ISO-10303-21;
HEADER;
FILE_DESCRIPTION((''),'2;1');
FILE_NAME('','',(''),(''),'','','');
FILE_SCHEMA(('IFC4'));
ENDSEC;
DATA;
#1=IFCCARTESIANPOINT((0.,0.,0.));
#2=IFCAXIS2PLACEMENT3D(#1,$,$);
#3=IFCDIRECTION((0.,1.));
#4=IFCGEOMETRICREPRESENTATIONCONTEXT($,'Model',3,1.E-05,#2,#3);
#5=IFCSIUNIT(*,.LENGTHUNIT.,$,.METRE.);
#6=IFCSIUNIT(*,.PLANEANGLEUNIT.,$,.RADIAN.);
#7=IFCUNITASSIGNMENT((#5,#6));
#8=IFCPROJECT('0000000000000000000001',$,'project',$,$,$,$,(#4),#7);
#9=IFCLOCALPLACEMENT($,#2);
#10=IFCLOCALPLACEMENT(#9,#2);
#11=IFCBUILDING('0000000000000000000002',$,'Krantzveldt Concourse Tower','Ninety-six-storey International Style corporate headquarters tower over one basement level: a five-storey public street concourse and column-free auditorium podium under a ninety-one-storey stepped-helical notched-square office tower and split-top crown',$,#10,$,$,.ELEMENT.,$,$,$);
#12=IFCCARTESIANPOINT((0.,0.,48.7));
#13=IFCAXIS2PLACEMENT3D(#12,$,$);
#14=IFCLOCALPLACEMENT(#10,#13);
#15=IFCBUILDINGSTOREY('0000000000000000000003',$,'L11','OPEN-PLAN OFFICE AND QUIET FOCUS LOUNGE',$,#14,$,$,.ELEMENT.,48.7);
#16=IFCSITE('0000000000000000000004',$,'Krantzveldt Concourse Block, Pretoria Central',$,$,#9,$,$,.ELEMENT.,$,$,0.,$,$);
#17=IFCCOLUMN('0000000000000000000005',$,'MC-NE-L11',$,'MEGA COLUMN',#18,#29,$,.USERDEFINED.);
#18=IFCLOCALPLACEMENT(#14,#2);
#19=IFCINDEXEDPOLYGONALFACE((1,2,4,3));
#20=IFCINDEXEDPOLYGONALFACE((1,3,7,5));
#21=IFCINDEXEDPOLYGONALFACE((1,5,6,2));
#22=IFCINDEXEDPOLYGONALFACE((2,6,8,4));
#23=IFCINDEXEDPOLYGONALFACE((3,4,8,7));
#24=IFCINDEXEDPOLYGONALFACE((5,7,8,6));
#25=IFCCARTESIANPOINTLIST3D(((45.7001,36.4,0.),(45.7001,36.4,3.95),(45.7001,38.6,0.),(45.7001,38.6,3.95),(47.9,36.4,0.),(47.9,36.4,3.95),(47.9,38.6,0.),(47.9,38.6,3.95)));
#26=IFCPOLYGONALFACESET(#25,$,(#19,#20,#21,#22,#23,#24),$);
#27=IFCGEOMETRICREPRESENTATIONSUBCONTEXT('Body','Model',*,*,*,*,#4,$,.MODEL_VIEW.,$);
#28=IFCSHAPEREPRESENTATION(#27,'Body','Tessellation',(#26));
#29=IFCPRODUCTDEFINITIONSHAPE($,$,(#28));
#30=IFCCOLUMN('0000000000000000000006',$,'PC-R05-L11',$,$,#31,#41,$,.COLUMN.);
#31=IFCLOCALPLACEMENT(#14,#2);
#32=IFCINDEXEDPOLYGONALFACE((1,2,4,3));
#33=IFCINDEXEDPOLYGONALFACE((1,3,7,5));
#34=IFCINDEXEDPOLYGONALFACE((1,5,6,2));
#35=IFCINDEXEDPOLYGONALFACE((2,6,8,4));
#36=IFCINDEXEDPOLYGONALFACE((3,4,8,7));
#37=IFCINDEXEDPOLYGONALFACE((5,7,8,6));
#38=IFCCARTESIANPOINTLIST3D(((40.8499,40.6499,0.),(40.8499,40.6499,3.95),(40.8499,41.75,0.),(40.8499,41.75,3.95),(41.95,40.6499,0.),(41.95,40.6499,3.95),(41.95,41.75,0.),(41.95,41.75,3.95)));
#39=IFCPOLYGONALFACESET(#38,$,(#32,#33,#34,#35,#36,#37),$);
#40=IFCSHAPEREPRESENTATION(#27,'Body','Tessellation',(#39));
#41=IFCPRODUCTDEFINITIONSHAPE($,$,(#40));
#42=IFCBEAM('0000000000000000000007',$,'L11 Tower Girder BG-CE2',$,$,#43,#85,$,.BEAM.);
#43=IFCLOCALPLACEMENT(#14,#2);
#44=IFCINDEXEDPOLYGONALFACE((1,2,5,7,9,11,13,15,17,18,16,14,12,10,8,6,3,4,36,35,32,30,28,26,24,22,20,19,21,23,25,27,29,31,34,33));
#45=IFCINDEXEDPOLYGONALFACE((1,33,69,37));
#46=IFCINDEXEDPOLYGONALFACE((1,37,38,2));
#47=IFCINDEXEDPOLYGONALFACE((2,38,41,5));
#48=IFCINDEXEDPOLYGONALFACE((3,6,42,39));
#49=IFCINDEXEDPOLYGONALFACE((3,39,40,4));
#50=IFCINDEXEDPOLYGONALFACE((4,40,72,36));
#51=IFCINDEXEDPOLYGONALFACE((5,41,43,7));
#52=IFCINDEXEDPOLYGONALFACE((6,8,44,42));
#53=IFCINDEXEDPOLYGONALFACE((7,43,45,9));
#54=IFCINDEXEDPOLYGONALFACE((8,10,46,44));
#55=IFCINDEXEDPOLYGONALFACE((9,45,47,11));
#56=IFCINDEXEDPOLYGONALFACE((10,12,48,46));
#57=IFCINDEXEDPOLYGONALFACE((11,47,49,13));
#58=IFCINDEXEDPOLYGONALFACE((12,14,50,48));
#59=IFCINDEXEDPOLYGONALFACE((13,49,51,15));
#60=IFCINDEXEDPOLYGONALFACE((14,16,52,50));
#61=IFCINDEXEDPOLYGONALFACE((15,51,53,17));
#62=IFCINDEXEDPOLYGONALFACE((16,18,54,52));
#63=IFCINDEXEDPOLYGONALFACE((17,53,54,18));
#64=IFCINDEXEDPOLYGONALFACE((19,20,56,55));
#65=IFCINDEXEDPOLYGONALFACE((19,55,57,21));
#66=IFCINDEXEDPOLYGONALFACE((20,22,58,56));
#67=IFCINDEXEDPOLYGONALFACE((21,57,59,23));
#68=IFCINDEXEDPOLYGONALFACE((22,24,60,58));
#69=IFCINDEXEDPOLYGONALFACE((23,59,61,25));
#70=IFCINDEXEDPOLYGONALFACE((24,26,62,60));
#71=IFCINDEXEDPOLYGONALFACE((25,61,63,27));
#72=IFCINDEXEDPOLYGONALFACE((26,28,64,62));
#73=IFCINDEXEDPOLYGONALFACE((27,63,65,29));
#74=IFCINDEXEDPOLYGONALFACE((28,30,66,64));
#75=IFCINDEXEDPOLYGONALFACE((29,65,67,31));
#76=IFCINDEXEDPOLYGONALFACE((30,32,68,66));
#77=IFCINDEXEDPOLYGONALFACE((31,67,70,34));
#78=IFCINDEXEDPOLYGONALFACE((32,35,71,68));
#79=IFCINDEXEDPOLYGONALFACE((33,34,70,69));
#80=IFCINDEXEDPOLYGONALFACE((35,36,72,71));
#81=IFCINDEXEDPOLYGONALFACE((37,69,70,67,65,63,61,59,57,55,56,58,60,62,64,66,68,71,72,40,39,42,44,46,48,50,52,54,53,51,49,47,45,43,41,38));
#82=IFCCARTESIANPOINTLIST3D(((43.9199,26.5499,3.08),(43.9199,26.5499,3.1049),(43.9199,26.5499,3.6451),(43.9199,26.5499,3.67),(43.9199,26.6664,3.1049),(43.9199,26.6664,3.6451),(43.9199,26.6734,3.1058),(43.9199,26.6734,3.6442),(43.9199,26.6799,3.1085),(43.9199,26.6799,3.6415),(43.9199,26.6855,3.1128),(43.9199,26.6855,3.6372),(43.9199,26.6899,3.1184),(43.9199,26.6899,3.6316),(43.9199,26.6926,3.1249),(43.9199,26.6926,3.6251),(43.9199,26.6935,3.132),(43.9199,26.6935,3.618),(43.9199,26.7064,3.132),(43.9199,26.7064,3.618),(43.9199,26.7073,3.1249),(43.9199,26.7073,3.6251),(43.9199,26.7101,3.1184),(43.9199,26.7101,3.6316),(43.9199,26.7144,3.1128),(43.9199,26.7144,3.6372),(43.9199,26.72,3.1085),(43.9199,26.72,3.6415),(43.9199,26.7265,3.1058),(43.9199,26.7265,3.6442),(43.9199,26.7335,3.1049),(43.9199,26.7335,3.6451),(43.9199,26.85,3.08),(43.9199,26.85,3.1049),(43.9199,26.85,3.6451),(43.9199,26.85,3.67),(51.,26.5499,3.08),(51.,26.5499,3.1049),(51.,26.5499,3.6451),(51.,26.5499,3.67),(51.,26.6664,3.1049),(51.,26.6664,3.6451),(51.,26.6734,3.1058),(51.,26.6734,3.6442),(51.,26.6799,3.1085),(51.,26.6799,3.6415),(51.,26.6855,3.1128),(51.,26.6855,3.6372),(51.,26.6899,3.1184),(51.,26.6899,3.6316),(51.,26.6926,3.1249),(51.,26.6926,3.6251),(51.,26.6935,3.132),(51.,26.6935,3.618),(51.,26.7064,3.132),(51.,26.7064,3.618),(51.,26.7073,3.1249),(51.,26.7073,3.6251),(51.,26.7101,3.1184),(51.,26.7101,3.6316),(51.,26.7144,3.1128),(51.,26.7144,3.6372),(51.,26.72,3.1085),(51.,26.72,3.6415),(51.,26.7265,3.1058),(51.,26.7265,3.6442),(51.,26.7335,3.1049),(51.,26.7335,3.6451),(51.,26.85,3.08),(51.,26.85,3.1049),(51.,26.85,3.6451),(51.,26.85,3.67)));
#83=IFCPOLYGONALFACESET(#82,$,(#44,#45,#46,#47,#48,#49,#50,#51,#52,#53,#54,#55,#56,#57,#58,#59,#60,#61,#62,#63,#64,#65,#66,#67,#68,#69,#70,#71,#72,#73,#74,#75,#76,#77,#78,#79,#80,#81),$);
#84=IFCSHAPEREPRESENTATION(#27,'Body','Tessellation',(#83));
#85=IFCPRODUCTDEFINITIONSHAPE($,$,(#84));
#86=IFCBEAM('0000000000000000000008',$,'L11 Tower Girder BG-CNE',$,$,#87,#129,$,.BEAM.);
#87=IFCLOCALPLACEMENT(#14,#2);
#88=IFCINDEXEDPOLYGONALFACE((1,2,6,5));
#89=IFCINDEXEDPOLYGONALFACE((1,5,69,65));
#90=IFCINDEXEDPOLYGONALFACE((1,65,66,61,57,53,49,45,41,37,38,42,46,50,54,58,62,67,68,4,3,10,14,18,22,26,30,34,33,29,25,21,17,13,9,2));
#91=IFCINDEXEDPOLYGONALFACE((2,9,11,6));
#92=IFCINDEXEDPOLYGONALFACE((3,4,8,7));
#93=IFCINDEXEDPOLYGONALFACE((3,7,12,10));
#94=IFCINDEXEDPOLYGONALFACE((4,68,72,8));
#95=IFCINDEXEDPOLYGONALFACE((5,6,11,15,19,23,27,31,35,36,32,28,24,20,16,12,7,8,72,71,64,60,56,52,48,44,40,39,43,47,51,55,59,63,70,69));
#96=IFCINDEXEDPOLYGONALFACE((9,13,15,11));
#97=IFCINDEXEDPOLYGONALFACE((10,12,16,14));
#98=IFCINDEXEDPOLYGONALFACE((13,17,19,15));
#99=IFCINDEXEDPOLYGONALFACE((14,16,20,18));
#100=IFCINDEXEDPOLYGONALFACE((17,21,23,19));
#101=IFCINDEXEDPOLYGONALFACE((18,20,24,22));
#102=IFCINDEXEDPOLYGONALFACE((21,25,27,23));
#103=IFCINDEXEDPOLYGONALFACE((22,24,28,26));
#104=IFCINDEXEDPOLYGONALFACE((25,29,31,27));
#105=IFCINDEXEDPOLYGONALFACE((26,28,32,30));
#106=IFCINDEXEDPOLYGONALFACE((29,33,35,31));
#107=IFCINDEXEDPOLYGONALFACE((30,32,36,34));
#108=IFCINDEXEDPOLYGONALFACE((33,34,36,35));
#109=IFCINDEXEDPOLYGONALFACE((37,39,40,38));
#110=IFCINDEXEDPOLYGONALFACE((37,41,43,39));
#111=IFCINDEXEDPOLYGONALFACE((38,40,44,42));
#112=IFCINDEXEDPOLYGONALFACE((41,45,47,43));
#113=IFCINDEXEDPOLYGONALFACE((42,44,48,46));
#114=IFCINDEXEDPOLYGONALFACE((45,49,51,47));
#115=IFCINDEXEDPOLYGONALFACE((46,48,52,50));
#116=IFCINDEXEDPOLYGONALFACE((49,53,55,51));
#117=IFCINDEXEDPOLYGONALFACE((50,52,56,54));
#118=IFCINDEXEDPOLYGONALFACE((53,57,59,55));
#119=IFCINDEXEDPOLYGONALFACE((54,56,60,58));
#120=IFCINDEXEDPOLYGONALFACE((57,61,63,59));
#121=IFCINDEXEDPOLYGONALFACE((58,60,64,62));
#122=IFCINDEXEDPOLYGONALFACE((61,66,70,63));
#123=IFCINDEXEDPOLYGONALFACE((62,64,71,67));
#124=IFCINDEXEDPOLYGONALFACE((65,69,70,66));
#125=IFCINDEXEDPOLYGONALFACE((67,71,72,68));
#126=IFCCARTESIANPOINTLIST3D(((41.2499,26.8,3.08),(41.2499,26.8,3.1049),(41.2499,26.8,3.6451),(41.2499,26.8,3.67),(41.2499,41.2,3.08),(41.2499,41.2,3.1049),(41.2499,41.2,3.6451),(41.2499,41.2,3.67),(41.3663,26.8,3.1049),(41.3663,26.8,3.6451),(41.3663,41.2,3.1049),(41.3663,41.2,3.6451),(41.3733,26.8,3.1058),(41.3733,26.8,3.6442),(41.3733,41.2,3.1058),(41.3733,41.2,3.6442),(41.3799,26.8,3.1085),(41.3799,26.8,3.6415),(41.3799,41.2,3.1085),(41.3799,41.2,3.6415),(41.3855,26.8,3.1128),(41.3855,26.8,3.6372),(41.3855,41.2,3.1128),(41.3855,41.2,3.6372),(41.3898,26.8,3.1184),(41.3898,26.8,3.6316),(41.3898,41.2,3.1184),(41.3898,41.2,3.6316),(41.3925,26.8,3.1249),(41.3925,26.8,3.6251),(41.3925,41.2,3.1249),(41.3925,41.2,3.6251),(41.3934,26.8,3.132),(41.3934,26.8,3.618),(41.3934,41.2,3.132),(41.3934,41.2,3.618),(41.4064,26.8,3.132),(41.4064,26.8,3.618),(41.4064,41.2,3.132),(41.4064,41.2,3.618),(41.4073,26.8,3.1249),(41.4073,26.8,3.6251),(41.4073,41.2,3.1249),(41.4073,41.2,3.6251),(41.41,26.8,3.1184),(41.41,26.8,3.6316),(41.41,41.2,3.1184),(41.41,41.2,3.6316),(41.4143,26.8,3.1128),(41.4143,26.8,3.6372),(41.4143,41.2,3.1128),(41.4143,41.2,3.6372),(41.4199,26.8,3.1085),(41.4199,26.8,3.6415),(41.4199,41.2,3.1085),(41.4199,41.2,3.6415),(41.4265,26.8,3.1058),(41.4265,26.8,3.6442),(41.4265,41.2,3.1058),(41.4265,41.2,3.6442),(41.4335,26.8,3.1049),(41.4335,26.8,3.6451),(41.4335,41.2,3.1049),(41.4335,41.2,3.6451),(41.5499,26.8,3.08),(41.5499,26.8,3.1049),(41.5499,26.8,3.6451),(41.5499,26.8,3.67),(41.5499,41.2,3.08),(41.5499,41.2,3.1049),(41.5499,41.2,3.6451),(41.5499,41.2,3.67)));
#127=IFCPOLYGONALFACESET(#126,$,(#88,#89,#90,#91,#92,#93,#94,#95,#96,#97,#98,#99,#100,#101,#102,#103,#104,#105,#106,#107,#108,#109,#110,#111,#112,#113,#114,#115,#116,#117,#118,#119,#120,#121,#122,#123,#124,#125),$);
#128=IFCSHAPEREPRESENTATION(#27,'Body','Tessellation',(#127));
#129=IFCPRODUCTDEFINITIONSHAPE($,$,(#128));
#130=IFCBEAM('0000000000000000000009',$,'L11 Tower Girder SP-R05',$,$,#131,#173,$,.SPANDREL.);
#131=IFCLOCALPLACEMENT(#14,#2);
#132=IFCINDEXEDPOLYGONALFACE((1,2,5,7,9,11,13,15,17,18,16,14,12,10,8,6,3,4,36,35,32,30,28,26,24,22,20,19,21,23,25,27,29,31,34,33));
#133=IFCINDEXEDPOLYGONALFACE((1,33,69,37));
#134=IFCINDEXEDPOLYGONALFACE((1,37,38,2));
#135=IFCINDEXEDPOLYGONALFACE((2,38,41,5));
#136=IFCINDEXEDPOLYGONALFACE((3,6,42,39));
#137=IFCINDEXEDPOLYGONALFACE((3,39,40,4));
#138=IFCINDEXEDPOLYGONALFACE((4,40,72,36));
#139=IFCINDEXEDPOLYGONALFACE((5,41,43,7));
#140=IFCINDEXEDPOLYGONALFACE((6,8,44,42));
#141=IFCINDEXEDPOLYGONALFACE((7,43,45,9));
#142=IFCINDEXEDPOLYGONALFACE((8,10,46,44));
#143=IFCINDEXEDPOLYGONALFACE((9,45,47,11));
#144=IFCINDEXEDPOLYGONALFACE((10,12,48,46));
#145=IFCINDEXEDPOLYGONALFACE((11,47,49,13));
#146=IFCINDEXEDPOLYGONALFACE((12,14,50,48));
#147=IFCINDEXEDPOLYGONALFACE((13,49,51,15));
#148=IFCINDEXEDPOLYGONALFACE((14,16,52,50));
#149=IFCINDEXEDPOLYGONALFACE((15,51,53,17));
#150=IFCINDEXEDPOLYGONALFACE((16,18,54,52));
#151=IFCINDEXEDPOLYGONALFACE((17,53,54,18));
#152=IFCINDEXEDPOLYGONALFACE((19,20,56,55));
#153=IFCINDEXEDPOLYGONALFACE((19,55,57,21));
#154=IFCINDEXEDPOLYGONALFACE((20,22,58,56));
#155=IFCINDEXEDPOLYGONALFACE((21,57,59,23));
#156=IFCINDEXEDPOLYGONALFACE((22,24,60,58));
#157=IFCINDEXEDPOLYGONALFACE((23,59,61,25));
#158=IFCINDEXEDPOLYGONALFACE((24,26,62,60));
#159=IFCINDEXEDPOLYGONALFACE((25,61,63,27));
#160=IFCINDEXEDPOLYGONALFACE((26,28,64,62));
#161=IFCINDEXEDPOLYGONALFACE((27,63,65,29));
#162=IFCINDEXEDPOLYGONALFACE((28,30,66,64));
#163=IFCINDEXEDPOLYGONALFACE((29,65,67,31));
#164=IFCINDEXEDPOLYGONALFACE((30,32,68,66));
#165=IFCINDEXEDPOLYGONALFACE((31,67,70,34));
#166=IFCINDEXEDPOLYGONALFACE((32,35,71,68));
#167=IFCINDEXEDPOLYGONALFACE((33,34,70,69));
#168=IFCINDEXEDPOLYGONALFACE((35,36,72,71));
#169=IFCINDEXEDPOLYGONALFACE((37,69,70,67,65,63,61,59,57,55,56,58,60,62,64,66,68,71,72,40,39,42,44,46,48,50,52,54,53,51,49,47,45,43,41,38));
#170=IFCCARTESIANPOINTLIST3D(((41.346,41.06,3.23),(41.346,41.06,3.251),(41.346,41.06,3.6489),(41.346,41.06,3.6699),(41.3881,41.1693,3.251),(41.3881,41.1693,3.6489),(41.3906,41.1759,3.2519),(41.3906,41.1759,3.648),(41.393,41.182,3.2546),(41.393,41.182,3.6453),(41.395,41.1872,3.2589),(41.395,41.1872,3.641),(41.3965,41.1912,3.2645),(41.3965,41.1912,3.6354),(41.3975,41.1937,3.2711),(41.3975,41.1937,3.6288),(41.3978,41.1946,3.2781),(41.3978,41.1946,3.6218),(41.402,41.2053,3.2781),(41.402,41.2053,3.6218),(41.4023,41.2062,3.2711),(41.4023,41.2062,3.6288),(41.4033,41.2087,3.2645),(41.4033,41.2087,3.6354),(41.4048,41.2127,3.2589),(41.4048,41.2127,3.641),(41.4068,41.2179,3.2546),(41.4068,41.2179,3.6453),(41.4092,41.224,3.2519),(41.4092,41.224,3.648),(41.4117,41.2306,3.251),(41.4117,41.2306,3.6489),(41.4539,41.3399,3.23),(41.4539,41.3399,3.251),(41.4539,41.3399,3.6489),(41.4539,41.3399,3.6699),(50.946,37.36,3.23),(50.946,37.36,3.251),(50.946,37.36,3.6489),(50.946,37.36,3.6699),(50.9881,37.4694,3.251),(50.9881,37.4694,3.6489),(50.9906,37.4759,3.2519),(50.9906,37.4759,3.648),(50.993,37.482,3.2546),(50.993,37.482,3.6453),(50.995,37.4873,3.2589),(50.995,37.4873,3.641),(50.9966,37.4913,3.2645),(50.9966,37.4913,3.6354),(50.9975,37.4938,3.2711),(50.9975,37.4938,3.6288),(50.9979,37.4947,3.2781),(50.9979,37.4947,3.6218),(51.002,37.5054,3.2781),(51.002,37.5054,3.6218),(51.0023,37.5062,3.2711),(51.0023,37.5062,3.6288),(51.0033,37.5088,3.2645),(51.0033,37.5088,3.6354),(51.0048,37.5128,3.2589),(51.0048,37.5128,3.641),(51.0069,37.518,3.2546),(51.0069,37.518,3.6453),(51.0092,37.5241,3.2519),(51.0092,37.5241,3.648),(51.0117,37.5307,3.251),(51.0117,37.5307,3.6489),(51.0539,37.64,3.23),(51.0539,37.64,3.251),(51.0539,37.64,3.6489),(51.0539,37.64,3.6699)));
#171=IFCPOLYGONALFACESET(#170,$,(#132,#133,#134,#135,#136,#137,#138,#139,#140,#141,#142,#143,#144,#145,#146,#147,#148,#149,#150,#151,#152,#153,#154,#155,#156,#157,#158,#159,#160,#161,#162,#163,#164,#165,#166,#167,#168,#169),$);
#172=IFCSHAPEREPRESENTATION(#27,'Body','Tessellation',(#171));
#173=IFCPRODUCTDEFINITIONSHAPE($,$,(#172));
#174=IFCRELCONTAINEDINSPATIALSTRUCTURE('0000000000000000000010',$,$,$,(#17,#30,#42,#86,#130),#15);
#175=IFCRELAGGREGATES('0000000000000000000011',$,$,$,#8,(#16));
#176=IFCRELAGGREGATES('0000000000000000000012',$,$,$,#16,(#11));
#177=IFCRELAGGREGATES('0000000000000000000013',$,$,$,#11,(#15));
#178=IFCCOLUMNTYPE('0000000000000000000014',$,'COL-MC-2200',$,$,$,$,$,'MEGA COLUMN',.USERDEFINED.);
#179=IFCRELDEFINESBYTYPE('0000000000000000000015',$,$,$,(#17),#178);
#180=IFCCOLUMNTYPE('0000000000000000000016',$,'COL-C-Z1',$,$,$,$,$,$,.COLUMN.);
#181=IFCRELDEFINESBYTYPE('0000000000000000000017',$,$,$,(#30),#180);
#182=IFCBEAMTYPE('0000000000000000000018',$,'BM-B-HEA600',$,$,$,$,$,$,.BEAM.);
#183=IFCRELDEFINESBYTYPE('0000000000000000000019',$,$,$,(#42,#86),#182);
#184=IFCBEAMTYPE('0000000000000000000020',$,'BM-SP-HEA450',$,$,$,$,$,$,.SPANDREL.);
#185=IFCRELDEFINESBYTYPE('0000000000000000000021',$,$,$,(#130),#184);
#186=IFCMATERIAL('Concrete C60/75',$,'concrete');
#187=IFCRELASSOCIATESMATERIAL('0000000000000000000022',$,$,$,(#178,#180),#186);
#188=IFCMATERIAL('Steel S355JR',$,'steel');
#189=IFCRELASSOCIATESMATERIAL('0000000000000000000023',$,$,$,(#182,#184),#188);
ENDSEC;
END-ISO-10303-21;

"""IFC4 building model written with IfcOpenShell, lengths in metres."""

from ifc_helpers import new_model, si_unit, direction, frame, origin, origin_2d, place, context, subcontext, project, spatial, rectangle, i_section, extrude, source, transform, mapped, material, material_profile, profile_set, type_object, type_shapes, element, save


model = new_model("IFC4")

# Units and contexts
model_context = context("Model", 3, precision=1e-05, world=origin(), true_north=direction((0.0, 1.0)))
body_context = subcontext(model_context, "Body", "Model", "MODEL_VIEW")
ifc_project = project(units=[si_unit("LENGTHUNIT", "METRE"), si_unit("PLANEANGLEUNIT", "RADIAN")], contexts=[model_context])

# Site, building, storey
site_placement = place(None, origin())
site = spatial("IfcSite", under=ifc_project, at=site_placement, Name="Krantzveldt Concourse Block, Pretoria Central", CompositionType="ELEMENT", RefElevation=0.0)
building_placement = place(site_placement, origin())
building = spatial("IfcBuilding", under=site, at=building_placement, Name="Krantzveldt Concourse Tower", Description="Ninety-six-storey International Style corporate headquarters tower over one basement level: a five-storey public street concourse and column-free auditorium podium under a ninety-one-storey stepped-helical notched-square office tower and split-top crown", CompositionType="ELEMENT")
storey_placement = place(building_placement, frame((0.0, 0.0, 48.7)))
storey = spatial("IfcBuildingStorey", under=building, at=storey_placement, Name="L11", Description="OPEN-PLAN OFFICE AND QUIET FOCUS LOUNGE", CompositionType="ELEMENT", Elevation=48.7)

# Columns
ifc_material_1 = material(Name="Concrete C60/75", Category="concrete")
ifc_material_profile_1 = material_profile(ifc_material_1, rectangle(XDim=2.2, YDim=2.2, at=origin_2d()), Name="Concrete C60/75", Category="concrete")
ifc_profile_set_1 = profile_set([ifc_material_profile_1], Name="Concrete C60/75 - RC 2200x2200")
column_type_1 = type_object("IfcColumnType", Name="COL-MC-2200", ElementType="MEGA COLUMN", PredefinedType="USERDEFINED", material=ifc_profile_set_1)
shared_shape_1 = source(origin(), body_context, "Body", "SweptSolid", [
    extrude(rectangle(XDim=2.2, YDim=2.2, at=origin_2d()), origin(), (0.0, 0.0, 1.0), 3.95),
])
type_shapes(column_type_1, [shared_shape_1])
column_1_placement = place(storey_placement, frame((46.8, 37.5, 0.0), z_axis=(0.0, 0.0, 1.0), x_axis=(1.0, 0.0, 0.0)))
element("IfcColumn", 1, at=column_1_placement, inside=storey, type_object=column_type_1, Name="MC-NE-L11", ObjectType="MEGA COLUMN", PredefinedType="USERDEFINED", context=body_context, shape_type="MappedRepresentation", body=[
    mapped(shared_shape_1, transform((0.0, 0.0, 0.0), x_axis=(1.0, 0.0, 0.0), y_axis=(0.0, 1.0, 0.0), z_axis=(0.0, 0.0, 1.0), scale=1.0)),
])
ifc_material_profile_2 = material_profile(ifc_material_1, rectangle(XDim=1.1001, YDim=1.1001, at=origin_2d()), Name="Concrete C60/75", Category="concrete")
ifc_profile_set_2 = profile_set([ifc_material_profile_2], Name="Concrete C60/75 - RC 1100x1100")
column_type_2 = type_object("IfcColumnType", Name="COL-C-Z1", PredefinedType="COLUMN", material=ifc_profile_set_2)
shared_shape_2 = source(origin(), body_context, "Body", "SweptSolid", [
    extrude(rectangle(XDim=1.1001, YDim=1.1001, at=origin_2d()), origin(), (0.0, 0.0, 1.0), 3.95),
])
type_shapes(column_type_2, [shared_shape_2])
column_2_placement = place(storey_placement, frame((41.3999, 41.2, 0.0), z_axis=(0.0, 0.0, 1.0), x_axis=(1.0, 0.0, 0.0)))
element("IfcColumn", 2, at=column_2_placement, inside=storey, type_object=column_type_2, Name="PC-R05-L11", PredefinedType="COLUMN", context=body_context, shape_type="MappedRepresentation", body=[
    mapped(shared_shape_2, transform((0.0, 0.0, 0.0), x_axis=(1.0, 0.0, 0.0), y_axis=(0.0, 1.0, 0.0), z_axis=(0.0, 0.0, 1.0), scale=1.0)),
])

# Beams
ifc_material_2 = material(Name="Steel S355JR", Category="steel")
ifc_material_profile_3 = material_profile(ifc_material_2, i_section(OverallWidth=0.3, OverallDepth=0.5901, WebThickness=0.0129, FlangeThickness=0.0249, FilletRadius=0.0271, at=origin_2d()), Name="Steel S355JR", Category="steel")
ifc_profile_set_3 = profile_set([ifc_material_profile_3], Name="Steel S355JR - HEA 600")
beam_type_1 = type_object("IfcBeamType", Name="BM-B-HEA600", PredefinedType="BEAM", material=ifc_profile_set_3)
shared_shape_3 = source(origin(), body_context, "Body", "SweptSolid", [
    extrude(i_section(OverallWidth=0.3, OverallDepth=0.5901, WebThickness=0.0129, FlangeThickness=0.0249, FilletRadius=0.0271, at=origin_2d()), origin(), (0.0, 0.0, 1.0), 7.0801),
])
beam_1_placement = place(storey_placement, frame((43.9199, 26.7, 3.375), z_axis=(1.0, 0.0, 0.0), x_axis=(0.0, 1.0, 0.0)))
element("IfcBeam", 3, at=beam_1_placement, inside=storey, type_object=beam_type_1, Name="L11 Tower Girder BG-CE2", PredefinedType="BEAM", context=body_context, shape_type="MappedRepresentation", body=[
    mapped(shared_shape_3, transform((0.0, 0.0, 0.0), x_axis=(1.0, 0.0, 0.0), y_axis=(0.0, 1.0, 0.0), z_axis=(0.0, 0.0, 1.0), scale=1.0)),
])
shared_shape_4 = source(origin(), body_context, "Body", "SweptSolid", [
    extrude(i_section(OverallWidth=0.3, OverallDepth=0.5901, WebThickness=0.0129, FlangeThickness=0.0249, FilletRadius=0.0271, at=origin_2d()), origin(), (0.0, 0.0, 1.0), 14.3999),
])
beam_2_placement = place(storey_placement, frame((41.3999, 26.8, 3.375), z_axis=(0.0, 1.0, 0.0), x_axis=(-1.0, 0.0, 0.0)))
element("IfcBeam", 4, at=beam_2_placement, inside=storey, type_object=beam_type_1, Name="L11 Tower Girder BG-CNE", PredefinedType="BEAM", context=body_context, shape_type="MappedRepresentation", body=[
    mapped(shared_shape_4, transform((0.0, 0.0, 0.0), x_axis=(1.0, 0.0, 0.0), y_axis=(0.0, 1.0, 0.0), z_axis=(0.0, 0.0, 1.0), scale=1.0)),
])
ifc_material_profile_4 = material_profile(ifc_material_2, i_section(OverallWidth=0.3, OverallDepth=0.4399, WebThickness=0.0115, FlangeThickness=0.021, FilletRadius=0.0271, at=origin_2d()), Name="Steel S355JR", Category="steel")
ifc_profile_set_4 = profile_set([ifc_material_profile_4], Name="Steel S355JR - HEA 450")
beam_type_2 = type_object("IfcBeamType", Name="BM-SP-HEA450", PredefinedType="SPANDREL", material=ifc_profile_set_4)
shared_shape_5 = source(origin(), body_context, "Body", "SweptSolid", [
    extrude(i_section(OverallWidth=0.3, OverallDepth=0.4399, WebThickness=0.0115, FlangeThickness=0.021, FilletRadius=0.0271, at=origin_2d()), origin(), (0.0, 0.0, 1.0), 10.2883),
])
type_shapes(beam_type_2, [shared_shape_5])
beam_3_placement = place(storey_placement, frame((41.3999, 41.2, 3.45), z_axis=(0.933098, -0.359623, 0.0), x_axis=(0.359623, 0.933098, 0.0)))
element("IfcBeam", 5, at=beam_3_placement, inside=storey, type_object=beam_type_2, Name="L11 Tower Girder SP-R05", PredefinedType="SPANDREL", context=body_context, shape_type="MappedRepresentation", body=[
    mapped(shared_shape_5, transform((0.0, 0.0, 0.0), x_axis=(1.0, 0.0, 0.0), y_axis=(0.0, 1.0, 0.0), z_axis=(0.0, 0.0, 1.0), scale=1.0)),
])

save(model, "model.ifc")
